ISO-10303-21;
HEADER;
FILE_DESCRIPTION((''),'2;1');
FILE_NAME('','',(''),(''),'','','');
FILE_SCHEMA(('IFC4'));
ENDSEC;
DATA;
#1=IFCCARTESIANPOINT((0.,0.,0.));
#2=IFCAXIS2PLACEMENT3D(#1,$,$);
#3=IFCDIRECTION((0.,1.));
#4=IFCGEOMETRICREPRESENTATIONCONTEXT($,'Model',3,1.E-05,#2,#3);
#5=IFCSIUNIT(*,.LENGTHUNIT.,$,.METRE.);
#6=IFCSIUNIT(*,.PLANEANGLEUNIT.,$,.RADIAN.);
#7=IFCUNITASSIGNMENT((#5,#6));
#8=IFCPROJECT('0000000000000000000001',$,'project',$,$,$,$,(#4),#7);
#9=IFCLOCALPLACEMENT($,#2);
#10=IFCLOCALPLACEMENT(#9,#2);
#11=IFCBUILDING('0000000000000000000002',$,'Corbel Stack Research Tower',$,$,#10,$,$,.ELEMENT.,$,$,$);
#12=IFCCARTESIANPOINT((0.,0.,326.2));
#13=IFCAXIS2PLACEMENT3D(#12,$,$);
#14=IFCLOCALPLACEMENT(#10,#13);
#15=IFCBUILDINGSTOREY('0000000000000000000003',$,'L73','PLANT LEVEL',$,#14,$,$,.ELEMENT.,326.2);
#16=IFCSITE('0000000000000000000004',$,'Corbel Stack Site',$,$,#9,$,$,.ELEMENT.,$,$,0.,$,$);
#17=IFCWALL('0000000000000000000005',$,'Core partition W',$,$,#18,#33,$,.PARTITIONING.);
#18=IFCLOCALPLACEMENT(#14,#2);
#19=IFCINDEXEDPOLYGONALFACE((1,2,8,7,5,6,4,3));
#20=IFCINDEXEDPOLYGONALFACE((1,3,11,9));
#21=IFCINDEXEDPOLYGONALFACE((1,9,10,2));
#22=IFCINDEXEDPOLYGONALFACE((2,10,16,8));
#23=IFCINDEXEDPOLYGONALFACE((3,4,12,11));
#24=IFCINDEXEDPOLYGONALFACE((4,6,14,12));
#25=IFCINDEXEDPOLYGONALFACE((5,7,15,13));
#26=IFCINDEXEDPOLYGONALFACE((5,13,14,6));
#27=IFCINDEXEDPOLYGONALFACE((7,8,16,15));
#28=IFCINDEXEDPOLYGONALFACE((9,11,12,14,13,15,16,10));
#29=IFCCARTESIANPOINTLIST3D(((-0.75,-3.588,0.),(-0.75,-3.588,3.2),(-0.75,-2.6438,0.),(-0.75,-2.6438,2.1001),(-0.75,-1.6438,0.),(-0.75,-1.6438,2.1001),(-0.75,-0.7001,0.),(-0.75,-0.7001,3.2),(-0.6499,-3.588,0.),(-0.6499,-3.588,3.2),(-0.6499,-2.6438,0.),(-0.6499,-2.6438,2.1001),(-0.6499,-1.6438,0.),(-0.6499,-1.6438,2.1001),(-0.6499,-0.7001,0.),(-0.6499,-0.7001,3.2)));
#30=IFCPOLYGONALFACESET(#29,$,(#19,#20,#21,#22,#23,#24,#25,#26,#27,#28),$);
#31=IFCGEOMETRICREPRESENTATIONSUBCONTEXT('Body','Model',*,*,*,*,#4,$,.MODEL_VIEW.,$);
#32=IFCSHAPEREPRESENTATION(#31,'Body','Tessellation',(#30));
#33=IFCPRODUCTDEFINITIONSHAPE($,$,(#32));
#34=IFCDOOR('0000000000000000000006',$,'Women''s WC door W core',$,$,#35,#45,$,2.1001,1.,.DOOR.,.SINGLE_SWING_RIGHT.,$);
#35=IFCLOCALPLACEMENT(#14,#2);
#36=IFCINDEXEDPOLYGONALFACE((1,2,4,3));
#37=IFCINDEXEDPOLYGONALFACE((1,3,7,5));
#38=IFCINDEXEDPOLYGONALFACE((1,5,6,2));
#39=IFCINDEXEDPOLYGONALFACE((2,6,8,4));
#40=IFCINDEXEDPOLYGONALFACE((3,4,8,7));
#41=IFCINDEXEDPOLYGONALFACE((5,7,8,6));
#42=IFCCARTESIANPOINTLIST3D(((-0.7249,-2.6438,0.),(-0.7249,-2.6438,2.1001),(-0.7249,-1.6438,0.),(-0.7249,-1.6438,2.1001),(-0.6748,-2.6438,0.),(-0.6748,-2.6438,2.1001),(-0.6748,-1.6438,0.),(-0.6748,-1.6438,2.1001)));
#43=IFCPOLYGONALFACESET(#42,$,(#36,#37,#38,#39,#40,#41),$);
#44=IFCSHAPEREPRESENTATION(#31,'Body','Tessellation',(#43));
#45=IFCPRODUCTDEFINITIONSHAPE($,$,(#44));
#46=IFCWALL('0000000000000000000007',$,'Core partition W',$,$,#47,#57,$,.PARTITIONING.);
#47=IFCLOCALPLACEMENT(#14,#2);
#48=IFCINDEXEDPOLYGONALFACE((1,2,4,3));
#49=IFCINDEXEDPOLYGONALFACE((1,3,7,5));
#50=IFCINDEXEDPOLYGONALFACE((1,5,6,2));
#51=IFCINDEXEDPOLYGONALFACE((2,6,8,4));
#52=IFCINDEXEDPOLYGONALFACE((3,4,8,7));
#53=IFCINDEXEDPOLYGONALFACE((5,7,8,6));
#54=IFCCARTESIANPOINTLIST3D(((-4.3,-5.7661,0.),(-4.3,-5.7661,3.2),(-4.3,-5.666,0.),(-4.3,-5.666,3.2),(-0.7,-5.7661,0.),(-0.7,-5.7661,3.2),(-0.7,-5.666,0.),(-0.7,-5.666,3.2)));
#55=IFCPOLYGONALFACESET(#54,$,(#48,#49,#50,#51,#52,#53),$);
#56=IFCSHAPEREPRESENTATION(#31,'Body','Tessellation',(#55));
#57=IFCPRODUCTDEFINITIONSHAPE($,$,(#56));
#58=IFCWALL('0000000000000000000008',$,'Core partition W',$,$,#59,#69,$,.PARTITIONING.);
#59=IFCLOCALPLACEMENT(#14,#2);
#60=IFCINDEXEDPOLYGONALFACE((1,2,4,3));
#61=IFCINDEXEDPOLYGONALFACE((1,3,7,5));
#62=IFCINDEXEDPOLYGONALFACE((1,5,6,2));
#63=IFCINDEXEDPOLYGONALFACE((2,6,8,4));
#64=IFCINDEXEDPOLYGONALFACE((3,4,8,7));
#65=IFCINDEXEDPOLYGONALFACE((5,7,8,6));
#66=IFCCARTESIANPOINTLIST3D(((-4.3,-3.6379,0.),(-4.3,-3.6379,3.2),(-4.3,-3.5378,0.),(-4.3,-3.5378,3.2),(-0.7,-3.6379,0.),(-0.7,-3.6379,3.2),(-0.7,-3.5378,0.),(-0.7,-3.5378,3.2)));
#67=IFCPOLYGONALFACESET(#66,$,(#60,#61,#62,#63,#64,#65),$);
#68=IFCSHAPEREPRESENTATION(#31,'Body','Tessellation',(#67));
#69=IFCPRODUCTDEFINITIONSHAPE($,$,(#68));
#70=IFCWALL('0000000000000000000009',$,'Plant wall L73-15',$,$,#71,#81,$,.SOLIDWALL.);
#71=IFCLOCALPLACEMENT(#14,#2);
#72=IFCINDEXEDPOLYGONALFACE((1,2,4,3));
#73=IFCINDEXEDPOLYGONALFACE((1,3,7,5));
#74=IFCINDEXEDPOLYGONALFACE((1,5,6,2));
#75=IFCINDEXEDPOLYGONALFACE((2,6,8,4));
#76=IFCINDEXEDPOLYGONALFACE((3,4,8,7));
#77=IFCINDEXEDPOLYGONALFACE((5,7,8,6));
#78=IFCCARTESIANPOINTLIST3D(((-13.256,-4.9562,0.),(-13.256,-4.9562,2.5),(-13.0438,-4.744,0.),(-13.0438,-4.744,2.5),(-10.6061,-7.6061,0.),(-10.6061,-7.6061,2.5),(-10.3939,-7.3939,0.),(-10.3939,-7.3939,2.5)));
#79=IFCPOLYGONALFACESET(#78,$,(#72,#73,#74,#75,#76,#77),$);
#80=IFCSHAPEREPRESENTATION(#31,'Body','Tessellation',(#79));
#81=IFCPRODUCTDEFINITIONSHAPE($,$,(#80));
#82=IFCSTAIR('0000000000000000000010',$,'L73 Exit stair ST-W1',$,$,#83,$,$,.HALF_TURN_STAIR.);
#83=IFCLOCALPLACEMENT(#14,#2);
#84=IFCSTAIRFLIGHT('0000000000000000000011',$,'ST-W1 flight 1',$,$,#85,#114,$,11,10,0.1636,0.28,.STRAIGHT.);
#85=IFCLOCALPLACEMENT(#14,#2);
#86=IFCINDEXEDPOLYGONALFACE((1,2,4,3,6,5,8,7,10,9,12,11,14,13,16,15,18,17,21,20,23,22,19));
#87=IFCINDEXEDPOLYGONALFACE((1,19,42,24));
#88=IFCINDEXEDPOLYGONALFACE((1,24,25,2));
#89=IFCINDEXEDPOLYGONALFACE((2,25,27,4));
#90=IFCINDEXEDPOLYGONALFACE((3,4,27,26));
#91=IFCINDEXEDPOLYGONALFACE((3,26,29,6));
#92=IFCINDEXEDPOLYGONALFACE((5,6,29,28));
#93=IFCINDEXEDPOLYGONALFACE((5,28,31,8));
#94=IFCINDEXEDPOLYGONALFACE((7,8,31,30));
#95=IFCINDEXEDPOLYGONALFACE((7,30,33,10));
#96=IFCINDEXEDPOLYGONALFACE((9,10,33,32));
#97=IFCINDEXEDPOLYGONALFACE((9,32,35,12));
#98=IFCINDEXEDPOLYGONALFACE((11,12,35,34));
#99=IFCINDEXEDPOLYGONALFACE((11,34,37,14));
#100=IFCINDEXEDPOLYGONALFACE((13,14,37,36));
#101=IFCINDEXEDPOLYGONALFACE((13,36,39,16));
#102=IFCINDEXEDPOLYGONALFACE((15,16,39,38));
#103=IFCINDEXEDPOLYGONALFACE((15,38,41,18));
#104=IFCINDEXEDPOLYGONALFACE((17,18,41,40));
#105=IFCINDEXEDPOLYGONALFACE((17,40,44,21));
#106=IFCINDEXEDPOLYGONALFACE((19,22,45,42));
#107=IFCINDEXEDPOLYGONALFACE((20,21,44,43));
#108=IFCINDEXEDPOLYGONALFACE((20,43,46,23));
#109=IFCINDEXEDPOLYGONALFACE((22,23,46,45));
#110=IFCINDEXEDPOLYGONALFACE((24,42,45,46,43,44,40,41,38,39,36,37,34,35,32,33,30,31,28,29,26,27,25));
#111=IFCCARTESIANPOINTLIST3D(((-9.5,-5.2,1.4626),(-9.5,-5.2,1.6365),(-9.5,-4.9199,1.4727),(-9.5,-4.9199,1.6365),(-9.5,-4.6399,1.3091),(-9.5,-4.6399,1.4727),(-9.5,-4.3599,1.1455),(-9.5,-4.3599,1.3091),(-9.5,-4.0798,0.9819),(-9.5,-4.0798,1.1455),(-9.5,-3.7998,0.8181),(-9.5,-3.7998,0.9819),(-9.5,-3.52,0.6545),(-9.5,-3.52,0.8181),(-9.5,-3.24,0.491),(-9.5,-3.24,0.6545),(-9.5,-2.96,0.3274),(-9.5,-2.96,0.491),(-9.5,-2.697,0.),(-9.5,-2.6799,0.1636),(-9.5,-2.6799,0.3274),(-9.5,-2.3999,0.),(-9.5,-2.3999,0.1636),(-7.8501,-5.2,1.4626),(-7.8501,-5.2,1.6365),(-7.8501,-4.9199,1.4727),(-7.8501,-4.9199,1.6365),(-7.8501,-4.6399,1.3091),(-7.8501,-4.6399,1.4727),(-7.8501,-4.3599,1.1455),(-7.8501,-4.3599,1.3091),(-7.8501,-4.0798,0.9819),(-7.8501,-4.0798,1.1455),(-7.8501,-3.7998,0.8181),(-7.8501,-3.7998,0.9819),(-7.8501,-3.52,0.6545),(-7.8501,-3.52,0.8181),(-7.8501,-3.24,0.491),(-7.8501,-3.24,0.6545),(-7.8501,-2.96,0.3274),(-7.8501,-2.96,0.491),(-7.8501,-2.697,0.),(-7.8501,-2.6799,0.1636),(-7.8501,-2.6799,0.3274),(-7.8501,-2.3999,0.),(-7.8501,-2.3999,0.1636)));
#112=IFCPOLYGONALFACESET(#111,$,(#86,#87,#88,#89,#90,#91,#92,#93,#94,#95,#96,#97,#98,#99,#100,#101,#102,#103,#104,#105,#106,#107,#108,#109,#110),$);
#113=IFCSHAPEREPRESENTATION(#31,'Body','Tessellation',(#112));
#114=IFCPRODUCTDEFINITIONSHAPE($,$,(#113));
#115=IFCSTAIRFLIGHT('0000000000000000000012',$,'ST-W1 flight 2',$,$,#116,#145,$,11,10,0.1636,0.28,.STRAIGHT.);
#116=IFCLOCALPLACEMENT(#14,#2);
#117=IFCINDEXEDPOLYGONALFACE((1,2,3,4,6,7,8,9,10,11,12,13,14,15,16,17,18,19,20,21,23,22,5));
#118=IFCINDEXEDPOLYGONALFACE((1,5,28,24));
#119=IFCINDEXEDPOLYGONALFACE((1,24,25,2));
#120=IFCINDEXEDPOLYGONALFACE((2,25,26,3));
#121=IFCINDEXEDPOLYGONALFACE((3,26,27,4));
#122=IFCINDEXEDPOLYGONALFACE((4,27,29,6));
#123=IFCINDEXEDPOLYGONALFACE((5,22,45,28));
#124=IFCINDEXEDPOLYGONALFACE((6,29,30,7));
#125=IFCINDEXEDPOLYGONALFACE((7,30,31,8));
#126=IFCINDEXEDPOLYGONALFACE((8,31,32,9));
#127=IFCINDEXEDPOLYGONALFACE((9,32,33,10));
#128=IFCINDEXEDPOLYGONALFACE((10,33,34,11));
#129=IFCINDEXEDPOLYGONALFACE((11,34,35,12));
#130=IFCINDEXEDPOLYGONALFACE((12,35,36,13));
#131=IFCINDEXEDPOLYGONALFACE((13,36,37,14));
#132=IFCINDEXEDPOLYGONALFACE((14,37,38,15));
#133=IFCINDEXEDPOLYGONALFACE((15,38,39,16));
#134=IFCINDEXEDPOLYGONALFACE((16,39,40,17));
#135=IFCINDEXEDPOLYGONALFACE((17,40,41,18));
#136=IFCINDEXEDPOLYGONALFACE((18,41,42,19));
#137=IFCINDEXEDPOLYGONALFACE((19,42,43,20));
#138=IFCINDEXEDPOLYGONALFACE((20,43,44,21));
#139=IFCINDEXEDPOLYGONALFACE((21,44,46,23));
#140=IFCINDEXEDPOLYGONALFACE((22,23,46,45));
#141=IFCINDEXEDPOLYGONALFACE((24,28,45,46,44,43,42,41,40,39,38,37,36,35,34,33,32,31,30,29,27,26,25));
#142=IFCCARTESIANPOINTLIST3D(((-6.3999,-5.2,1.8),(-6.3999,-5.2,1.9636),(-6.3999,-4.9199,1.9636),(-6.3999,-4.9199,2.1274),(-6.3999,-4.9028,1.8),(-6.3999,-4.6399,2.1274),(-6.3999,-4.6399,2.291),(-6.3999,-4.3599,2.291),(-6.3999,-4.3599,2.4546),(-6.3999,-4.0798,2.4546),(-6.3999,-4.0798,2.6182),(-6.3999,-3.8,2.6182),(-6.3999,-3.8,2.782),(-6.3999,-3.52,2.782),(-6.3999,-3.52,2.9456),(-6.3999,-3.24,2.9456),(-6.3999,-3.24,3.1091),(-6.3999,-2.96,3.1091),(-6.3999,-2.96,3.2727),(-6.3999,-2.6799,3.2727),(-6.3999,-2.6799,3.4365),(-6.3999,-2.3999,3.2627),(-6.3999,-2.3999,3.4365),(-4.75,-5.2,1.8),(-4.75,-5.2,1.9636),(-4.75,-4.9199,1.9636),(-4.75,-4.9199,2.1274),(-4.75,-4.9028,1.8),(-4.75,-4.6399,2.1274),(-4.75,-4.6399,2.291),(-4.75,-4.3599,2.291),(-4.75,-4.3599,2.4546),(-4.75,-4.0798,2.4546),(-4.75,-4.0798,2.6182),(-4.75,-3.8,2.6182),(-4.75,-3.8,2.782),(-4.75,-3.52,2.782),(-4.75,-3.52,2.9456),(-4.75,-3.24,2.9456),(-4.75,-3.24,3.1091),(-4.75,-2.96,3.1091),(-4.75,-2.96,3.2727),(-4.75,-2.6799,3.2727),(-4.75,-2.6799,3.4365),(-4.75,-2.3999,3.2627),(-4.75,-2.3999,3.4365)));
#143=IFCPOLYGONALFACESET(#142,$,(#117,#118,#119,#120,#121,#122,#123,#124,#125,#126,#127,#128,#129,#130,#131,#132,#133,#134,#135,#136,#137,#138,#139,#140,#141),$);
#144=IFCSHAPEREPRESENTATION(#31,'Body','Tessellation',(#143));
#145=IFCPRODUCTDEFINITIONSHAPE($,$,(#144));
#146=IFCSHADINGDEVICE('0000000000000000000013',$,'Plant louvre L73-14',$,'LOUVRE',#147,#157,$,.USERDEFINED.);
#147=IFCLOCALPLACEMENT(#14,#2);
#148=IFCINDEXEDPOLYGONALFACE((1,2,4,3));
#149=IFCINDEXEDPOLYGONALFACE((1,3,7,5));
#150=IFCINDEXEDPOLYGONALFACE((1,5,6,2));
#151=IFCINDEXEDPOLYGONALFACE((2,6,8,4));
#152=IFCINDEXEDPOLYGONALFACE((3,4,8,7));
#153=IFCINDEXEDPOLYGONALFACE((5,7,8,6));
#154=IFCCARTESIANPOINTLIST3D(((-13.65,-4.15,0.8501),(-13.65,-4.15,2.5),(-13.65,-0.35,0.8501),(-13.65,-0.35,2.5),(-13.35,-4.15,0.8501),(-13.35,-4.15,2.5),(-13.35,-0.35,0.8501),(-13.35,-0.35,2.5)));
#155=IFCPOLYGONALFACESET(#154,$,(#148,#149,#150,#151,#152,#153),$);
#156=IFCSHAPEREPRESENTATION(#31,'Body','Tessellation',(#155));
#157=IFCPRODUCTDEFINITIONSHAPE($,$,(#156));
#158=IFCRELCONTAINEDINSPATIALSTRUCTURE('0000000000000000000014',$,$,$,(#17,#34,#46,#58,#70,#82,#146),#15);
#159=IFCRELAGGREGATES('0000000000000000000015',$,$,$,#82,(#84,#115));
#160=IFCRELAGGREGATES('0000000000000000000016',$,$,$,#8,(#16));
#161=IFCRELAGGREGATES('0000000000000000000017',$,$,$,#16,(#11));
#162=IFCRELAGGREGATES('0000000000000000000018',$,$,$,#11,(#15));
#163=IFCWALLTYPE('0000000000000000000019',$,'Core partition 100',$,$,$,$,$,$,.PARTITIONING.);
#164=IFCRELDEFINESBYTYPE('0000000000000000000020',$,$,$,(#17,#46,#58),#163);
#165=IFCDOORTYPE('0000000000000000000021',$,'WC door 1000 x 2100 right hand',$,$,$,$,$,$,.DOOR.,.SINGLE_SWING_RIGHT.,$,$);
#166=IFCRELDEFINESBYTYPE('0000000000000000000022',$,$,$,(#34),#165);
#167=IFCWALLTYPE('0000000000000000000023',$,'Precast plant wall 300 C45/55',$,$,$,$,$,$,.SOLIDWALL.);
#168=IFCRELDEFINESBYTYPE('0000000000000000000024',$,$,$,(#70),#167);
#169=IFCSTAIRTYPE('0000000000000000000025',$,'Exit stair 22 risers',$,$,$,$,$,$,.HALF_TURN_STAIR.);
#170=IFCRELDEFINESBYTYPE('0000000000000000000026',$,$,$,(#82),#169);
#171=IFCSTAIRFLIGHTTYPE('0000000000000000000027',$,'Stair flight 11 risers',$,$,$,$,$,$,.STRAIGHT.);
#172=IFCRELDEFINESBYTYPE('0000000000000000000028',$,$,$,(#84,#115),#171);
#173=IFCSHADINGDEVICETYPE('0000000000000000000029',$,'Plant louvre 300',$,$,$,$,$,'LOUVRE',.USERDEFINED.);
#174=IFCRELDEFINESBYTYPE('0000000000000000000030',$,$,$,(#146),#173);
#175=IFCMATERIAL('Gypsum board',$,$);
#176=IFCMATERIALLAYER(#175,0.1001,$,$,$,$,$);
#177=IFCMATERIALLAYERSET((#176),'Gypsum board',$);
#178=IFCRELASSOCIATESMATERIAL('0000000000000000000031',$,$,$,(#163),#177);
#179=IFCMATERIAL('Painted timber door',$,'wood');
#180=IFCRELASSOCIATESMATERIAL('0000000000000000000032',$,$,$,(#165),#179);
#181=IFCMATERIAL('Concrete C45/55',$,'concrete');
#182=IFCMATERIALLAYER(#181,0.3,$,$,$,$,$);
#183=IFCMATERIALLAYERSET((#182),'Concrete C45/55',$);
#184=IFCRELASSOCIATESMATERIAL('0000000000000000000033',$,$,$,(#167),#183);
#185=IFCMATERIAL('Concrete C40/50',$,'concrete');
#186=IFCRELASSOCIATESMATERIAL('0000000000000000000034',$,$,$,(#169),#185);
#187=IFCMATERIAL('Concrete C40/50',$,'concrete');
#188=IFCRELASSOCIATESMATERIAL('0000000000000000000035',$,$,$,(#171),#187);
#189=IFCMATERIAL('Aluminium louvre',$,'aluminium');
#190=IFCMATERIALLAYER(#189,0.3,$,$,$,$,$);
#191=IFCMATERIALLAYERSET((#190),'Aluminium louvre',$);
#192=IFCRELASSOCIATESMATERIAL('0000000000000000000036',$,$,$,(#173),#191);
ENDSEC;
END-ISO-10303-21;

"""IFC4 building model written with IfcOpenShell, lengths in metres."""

from ifc_helpers import new_model, si_unit, direction, frame, frame_2d, origin, origin_2d, place, context, subcontext, project, spatial, polyline, rectangle, outline, extrude, material, layer, layer_set, type_object, element, fill, aggregate, save


model = new_model("IFC4")

# Units and contexts
model_context = context("Model", 3, precision=1e-05, world=origin(), true_north=direction((0.0, 1.0)))
body_context = subcontext(model_context, "Body", "Model", "MODEL_VIEW")
ifc_project = project(units=[si_unit("LENGTHUNIT", "METRE"), si_unit("PLANEANGLEUNIT", "RADIAN")], contexts=[model_context])

# Site, building, storey
site_placement = place(None, origin())
site = spatial("IfcSite", under=ifc_project, at=site_placement, Name="Corbel Stack Site", CompositionType="ELEMENT", RefElevation=0.0)
building_placement = place(site_placement, origin())
building = spatial("IfcBuilding", under=site, at=building_placement, Name="Corbel Stack Research Tower", CompositionType="ELEMENT")
storey_placement = place(building_placement, frame((0.0, 0.0, 326.2)))
storey = spatial("IfcBuildingStorey", under=building, at=storey_placement, Name="L73", Description="PLANT LEVEL", CompositionType="ELEMENT", Elevation=326.2)

# Wall, opening, door
ifc_material_1 = material(Name="Gypsum board")
ifc_layer_1 = layer(ifc_material_1, 0.1001)
ifc_layer_set_1 = layer_set([ifc_layer_1], Name="Gypsum board")
wall_type_1 = type_object("IfcWallType", Name="Core partition 100", PredefinedType="PARTITIONING", material=ifc_layer_set_1)
ifc_material_2 = material(Name="Painted timber door", Category="wood")
door_type_1 = type_object("IfcDoorType", Name="WC door 1000 x 2100 right hand", OperationType="SINGLE_SWING_RIGHT", PredefinedType="DOOR", material=ifc_material_2)
wall_1_placement = place(storey_placement, frame((-0.7, -3.5879, 0.0), z_axis=(0.0, 0.0, 1.0), x_axis=(0.0, 1.0, 0.0)))
wall_1 = element("IfcWall", 1, at=wall_1_placement, inside=storey, type_object=wall_type_1, Name="Core partition W", PredefinedType="PARTITIONING", context=body_context, shape_type="SweptSolid", body=[
    extrude(rectangle(XDim=2.8879, YDim=0.1001, at=frame_2d((1.4438, 0.0))), origin(), (0.0, 0.0, 1.0), 3.2),
])
opening_1_placement = place(wall_1_placement, frame((0.9441, 0.0, 0.0)))
opening_1 = element("IfcOpeningElement", 2, at=opening_1_placement, cuts=wall_1, PredefinedType="OPENING", context=body_context, shape_type="SweptSolid", body=[
    extrude(rectangle(XDim=1.0, YDim=2.1001, at=frame_2d((0.5, 1.05))), frame((0.0, 0.0601, 0.0), z_axis=(0.0, -1.0, 0.0), x_axis=(1.0, 0.0, 0.0)), (0.0, 0.0, 1.0), 0.1201),
])
door_1_placement = place(opening_1_placement, origin())
door_1 = element("IfcDoor", 3, at=door_1_placement, inside=storey, type_object=door_type_1, Name="Women's WC door W core", OperationType="SINGLE_SWING_RIGHT", OverallHeight=2.1001, OverallWidth=1.0, PredefinedType="DOOR", context=body_context, shape_type="SweptSolid", body=[
    extrude(rectangle(XDim=1.0, YDim=2.1001, at=frame_2d((0.5, 1.05))), frame((0.0, 0.0249, 0.0), z_axis=(0.0, -1.0, 0.0), x_axis=(1.0, 0.0, 0.0)), (0.0, 0.0, 1.0), 0.05),
])
fill(opening_1, door_1)

# Walls
for number, where, z_axis, x_axis, name in (
    (4, (-4.3, -5.7161, 0.0), (0.0, 0.0, 1.0), (1.0, 0.0, 0.0), "Core partition W"),
    (5, (-4.3, -3.5879, 0.0), (0.0, 0.0, 1.0), (1.0, 0.0, 0.0), "Core partition W"),
):
    element("IfcWall", number, at=place(storey_placement, frame(where, z_axis=z_axis, x_axis=x_axis)), inside=storey, type_object=wall_type_1, Name=name, PredefinedType="PARTITIONING", context=body_context, shape_type="SweptSolid", body=[
        extrude(rectangle(XDim=3.6001, YDim=0.1001, at=frame_2d((1.8, 0.0))), origin(), (0.0, 0.0, 1.0), 3.2),
    ])
ifc_material_3 = material(Name="Concrete C45/55", Category="concrete")
ifc_layer_2 = layer(ifc_material_3, 0.3)
ifc_layer_set_2 = layer_set([ifc_layer_2], Name="Concrete C45/55")
wall_type_2 = type_object("IfcWallType", Name="Precast plant wall 300 C45/55", PredefinedType="SOLIDWALL", material=ifc_layer_set_2)
wall_2_placement = place(storey_placement, frame((-13.1499, -4.8501, 0.0), z_axis=(0.0, 0.0, 1.0), x_axis=(0.707107, -0.707107, 0.0)))
element("IfcWall", 6, at=wall_2_placement, inside=storey, type_object=wall_type_2, Name="Plant wall L73-15", PredefinedType="SOLIDWALL", context=body_context, shape_type="SweptSolid", body=[
    extrude(rectangle(XDim=3.7476, YDim=0.3, at=frame_2d((1.8738, 0.0))), origin(), (0.0, 0.0, 1.0), 2.5),
])

# Stair, stair flights
ifc_material_4 = material(Name="Concrete C40/50", Category="concrete")
stair_type = type_object("IfcStairType", Name="Exit stair 22 risers", PredefinedType="HALF_TURN_STAIR", material=ifc_material_4)
stair_placement = place(storey_placement, origin())
stair = element("IfcStair", 7, at=stair_placement, inside=storey, type_object=stair_type, Name="L73 Exit stair ST-W1", PredefinedType="HALF_TURN_STAIR")
ifc_material_5 = material(Name="Concrete C40/50", Category="concrete")
stair_flight_type = type_object("IfcStairFlightType", Name="Stair flight 11 risers", PredefinedType="STRAIGHT", material=ifc_material_5)
stair_flight_1_placement = place(storey_placement, frame((-8.675, -2.3999, 0.0), z_axis=(0.0, 0.0, 1.0), x_axis=(0.0, -1.0, 0.0)))
stair_flight_1 = element("IfcStairFlight", 8, at=stair_flight_1_placement, type_object=stair_flight_type, Name="ST-W1 flight 1", NumberOfRisers=11, NumberOfTreads=10, PredefinedType="STRAIGHT", RiserHeight=0.1636, TreadLength=0.28, context=body_context, shape_type="SweptSolid", body=[
    extrude(outline(polyline([(0.0, 0.0), (0.0, 0.1636), (0.28, 0.1636), (0.28, 0.3274), (0.5601, 0.3274), (0.5601, 0.491), (0.8401, 0.491), (0.8401, 0.6545), (1.1201, 0.6545), (1.1201, 0.8181), (1.3999, 0.8181), (1.3999, 0.9819), (1.6799, 0.9819), (1.6799, 1.1455), (1.96, 1.1455), (1.96, 1.3091), (2.24, 1.3091), (2.24, 1.4727), (2.52, 1.4727), (2.52, 1.6365), (2.8, 1.6365), (2.8, 1.8), (2.8, 1.4626), (0.2971, 0.0), (0.0, 0.0)])), frame((0.0, 0.825, 0.0), z_axis=(0.0, -1.0, 0.0), x_axis=(1.0, 0.0, 0.0)), (0.0, 0.0, 1.0), 1.6499),
])
stair_flight_2_placement = place(storey_placement, frame((-5.575, -5.2, 1.8), z_axis=(0.0, 0.0, 1.0), x_axis=(0.0, 1.0, 0.0)))
stair_flight_2 = element("IfcStairFlight", 9, at=stair_flight_2_placement, type_object=stair_flight_type, Name="ST-W1 flight 2", NumberOfRisers=11, NumberOfTreads=10, PredefinedType="STRAIGHT", RiserHeight=0.1636, TreadLength=0.28, context=body_context, shape_type="SweptSolid", body=[
    extrude(outline(polyline([(0.0, 0.0), (0.0, 0.1636), (0.28, 0.1636), (0.28, 0.3274), (0.5601, 0.3274), (0.5601, 0.491), (0.8401, 0.491), (0.8401, 0.6545), (1.1201, 0.6545), (1.1201, 0.8181), (1.3999, 0.8181), (1.3999, 0.9819), (1.6799, 0.9819), (1.6799, 1.1455), (1.96, 1.1455), (1.96, 1.3091), (2.24, 1.3091), (2.24, 1.4727), (2.52, 1.4727), (2.52, 1.6365), (2.8, 1.6365), (2.8, 1.8), (2.8, 1.4626), (0.2971, 0.0), (0.0, 0.0)])), frame((0.0, 0.825, 0.0), z_axis=(0.0, -1.0, 0.0), x_axis=(1.0, 0.0, 0.0)), (0.0, 0.0, 1.0), 1.6499),
])
aggregate(stair, [stair_flight_1, stair_flight_2])

# Shading device
ifc_material_6 = material(Name="Aluminium louvre", Category="aluminium")
ifc_layer_3 = layer(ifc_material_6, 0.3)
ifc_layer_set_3 = layer_set([ifc_layer_3], Name="Aluminium louvre")
shading_device_type = type_object("IfcShadingDeviceType", Name="Plant louvre 300", ElementType="LOUVRE", PredefinedType="USERDEFINED", material=ifc_layer_set_3)
shading_device_placement = place(storey_placement, frame((-13.5, -2.25, 0.8501), z_axis=(0.0, 0.0, 1.0), x_axis=(0.0, -1.0, 0.0)))
element("IfcShadingDevice", 10, at=shading_device_placement, inside=storey, type_object=shading_device_type, Name="Plant louvre L73-14", ObjectType="LOUVRE", PredefinedType="USERDEFINED", context=body_context, shape_type="SweptSolid", body=[
    extrude(rectangle(XDim=3.8, YDim=0.3, at=origin_2d()), origin(), (0.0, 0.0, 1.0), 1.6499),
])

save(model, "model.ifc")
